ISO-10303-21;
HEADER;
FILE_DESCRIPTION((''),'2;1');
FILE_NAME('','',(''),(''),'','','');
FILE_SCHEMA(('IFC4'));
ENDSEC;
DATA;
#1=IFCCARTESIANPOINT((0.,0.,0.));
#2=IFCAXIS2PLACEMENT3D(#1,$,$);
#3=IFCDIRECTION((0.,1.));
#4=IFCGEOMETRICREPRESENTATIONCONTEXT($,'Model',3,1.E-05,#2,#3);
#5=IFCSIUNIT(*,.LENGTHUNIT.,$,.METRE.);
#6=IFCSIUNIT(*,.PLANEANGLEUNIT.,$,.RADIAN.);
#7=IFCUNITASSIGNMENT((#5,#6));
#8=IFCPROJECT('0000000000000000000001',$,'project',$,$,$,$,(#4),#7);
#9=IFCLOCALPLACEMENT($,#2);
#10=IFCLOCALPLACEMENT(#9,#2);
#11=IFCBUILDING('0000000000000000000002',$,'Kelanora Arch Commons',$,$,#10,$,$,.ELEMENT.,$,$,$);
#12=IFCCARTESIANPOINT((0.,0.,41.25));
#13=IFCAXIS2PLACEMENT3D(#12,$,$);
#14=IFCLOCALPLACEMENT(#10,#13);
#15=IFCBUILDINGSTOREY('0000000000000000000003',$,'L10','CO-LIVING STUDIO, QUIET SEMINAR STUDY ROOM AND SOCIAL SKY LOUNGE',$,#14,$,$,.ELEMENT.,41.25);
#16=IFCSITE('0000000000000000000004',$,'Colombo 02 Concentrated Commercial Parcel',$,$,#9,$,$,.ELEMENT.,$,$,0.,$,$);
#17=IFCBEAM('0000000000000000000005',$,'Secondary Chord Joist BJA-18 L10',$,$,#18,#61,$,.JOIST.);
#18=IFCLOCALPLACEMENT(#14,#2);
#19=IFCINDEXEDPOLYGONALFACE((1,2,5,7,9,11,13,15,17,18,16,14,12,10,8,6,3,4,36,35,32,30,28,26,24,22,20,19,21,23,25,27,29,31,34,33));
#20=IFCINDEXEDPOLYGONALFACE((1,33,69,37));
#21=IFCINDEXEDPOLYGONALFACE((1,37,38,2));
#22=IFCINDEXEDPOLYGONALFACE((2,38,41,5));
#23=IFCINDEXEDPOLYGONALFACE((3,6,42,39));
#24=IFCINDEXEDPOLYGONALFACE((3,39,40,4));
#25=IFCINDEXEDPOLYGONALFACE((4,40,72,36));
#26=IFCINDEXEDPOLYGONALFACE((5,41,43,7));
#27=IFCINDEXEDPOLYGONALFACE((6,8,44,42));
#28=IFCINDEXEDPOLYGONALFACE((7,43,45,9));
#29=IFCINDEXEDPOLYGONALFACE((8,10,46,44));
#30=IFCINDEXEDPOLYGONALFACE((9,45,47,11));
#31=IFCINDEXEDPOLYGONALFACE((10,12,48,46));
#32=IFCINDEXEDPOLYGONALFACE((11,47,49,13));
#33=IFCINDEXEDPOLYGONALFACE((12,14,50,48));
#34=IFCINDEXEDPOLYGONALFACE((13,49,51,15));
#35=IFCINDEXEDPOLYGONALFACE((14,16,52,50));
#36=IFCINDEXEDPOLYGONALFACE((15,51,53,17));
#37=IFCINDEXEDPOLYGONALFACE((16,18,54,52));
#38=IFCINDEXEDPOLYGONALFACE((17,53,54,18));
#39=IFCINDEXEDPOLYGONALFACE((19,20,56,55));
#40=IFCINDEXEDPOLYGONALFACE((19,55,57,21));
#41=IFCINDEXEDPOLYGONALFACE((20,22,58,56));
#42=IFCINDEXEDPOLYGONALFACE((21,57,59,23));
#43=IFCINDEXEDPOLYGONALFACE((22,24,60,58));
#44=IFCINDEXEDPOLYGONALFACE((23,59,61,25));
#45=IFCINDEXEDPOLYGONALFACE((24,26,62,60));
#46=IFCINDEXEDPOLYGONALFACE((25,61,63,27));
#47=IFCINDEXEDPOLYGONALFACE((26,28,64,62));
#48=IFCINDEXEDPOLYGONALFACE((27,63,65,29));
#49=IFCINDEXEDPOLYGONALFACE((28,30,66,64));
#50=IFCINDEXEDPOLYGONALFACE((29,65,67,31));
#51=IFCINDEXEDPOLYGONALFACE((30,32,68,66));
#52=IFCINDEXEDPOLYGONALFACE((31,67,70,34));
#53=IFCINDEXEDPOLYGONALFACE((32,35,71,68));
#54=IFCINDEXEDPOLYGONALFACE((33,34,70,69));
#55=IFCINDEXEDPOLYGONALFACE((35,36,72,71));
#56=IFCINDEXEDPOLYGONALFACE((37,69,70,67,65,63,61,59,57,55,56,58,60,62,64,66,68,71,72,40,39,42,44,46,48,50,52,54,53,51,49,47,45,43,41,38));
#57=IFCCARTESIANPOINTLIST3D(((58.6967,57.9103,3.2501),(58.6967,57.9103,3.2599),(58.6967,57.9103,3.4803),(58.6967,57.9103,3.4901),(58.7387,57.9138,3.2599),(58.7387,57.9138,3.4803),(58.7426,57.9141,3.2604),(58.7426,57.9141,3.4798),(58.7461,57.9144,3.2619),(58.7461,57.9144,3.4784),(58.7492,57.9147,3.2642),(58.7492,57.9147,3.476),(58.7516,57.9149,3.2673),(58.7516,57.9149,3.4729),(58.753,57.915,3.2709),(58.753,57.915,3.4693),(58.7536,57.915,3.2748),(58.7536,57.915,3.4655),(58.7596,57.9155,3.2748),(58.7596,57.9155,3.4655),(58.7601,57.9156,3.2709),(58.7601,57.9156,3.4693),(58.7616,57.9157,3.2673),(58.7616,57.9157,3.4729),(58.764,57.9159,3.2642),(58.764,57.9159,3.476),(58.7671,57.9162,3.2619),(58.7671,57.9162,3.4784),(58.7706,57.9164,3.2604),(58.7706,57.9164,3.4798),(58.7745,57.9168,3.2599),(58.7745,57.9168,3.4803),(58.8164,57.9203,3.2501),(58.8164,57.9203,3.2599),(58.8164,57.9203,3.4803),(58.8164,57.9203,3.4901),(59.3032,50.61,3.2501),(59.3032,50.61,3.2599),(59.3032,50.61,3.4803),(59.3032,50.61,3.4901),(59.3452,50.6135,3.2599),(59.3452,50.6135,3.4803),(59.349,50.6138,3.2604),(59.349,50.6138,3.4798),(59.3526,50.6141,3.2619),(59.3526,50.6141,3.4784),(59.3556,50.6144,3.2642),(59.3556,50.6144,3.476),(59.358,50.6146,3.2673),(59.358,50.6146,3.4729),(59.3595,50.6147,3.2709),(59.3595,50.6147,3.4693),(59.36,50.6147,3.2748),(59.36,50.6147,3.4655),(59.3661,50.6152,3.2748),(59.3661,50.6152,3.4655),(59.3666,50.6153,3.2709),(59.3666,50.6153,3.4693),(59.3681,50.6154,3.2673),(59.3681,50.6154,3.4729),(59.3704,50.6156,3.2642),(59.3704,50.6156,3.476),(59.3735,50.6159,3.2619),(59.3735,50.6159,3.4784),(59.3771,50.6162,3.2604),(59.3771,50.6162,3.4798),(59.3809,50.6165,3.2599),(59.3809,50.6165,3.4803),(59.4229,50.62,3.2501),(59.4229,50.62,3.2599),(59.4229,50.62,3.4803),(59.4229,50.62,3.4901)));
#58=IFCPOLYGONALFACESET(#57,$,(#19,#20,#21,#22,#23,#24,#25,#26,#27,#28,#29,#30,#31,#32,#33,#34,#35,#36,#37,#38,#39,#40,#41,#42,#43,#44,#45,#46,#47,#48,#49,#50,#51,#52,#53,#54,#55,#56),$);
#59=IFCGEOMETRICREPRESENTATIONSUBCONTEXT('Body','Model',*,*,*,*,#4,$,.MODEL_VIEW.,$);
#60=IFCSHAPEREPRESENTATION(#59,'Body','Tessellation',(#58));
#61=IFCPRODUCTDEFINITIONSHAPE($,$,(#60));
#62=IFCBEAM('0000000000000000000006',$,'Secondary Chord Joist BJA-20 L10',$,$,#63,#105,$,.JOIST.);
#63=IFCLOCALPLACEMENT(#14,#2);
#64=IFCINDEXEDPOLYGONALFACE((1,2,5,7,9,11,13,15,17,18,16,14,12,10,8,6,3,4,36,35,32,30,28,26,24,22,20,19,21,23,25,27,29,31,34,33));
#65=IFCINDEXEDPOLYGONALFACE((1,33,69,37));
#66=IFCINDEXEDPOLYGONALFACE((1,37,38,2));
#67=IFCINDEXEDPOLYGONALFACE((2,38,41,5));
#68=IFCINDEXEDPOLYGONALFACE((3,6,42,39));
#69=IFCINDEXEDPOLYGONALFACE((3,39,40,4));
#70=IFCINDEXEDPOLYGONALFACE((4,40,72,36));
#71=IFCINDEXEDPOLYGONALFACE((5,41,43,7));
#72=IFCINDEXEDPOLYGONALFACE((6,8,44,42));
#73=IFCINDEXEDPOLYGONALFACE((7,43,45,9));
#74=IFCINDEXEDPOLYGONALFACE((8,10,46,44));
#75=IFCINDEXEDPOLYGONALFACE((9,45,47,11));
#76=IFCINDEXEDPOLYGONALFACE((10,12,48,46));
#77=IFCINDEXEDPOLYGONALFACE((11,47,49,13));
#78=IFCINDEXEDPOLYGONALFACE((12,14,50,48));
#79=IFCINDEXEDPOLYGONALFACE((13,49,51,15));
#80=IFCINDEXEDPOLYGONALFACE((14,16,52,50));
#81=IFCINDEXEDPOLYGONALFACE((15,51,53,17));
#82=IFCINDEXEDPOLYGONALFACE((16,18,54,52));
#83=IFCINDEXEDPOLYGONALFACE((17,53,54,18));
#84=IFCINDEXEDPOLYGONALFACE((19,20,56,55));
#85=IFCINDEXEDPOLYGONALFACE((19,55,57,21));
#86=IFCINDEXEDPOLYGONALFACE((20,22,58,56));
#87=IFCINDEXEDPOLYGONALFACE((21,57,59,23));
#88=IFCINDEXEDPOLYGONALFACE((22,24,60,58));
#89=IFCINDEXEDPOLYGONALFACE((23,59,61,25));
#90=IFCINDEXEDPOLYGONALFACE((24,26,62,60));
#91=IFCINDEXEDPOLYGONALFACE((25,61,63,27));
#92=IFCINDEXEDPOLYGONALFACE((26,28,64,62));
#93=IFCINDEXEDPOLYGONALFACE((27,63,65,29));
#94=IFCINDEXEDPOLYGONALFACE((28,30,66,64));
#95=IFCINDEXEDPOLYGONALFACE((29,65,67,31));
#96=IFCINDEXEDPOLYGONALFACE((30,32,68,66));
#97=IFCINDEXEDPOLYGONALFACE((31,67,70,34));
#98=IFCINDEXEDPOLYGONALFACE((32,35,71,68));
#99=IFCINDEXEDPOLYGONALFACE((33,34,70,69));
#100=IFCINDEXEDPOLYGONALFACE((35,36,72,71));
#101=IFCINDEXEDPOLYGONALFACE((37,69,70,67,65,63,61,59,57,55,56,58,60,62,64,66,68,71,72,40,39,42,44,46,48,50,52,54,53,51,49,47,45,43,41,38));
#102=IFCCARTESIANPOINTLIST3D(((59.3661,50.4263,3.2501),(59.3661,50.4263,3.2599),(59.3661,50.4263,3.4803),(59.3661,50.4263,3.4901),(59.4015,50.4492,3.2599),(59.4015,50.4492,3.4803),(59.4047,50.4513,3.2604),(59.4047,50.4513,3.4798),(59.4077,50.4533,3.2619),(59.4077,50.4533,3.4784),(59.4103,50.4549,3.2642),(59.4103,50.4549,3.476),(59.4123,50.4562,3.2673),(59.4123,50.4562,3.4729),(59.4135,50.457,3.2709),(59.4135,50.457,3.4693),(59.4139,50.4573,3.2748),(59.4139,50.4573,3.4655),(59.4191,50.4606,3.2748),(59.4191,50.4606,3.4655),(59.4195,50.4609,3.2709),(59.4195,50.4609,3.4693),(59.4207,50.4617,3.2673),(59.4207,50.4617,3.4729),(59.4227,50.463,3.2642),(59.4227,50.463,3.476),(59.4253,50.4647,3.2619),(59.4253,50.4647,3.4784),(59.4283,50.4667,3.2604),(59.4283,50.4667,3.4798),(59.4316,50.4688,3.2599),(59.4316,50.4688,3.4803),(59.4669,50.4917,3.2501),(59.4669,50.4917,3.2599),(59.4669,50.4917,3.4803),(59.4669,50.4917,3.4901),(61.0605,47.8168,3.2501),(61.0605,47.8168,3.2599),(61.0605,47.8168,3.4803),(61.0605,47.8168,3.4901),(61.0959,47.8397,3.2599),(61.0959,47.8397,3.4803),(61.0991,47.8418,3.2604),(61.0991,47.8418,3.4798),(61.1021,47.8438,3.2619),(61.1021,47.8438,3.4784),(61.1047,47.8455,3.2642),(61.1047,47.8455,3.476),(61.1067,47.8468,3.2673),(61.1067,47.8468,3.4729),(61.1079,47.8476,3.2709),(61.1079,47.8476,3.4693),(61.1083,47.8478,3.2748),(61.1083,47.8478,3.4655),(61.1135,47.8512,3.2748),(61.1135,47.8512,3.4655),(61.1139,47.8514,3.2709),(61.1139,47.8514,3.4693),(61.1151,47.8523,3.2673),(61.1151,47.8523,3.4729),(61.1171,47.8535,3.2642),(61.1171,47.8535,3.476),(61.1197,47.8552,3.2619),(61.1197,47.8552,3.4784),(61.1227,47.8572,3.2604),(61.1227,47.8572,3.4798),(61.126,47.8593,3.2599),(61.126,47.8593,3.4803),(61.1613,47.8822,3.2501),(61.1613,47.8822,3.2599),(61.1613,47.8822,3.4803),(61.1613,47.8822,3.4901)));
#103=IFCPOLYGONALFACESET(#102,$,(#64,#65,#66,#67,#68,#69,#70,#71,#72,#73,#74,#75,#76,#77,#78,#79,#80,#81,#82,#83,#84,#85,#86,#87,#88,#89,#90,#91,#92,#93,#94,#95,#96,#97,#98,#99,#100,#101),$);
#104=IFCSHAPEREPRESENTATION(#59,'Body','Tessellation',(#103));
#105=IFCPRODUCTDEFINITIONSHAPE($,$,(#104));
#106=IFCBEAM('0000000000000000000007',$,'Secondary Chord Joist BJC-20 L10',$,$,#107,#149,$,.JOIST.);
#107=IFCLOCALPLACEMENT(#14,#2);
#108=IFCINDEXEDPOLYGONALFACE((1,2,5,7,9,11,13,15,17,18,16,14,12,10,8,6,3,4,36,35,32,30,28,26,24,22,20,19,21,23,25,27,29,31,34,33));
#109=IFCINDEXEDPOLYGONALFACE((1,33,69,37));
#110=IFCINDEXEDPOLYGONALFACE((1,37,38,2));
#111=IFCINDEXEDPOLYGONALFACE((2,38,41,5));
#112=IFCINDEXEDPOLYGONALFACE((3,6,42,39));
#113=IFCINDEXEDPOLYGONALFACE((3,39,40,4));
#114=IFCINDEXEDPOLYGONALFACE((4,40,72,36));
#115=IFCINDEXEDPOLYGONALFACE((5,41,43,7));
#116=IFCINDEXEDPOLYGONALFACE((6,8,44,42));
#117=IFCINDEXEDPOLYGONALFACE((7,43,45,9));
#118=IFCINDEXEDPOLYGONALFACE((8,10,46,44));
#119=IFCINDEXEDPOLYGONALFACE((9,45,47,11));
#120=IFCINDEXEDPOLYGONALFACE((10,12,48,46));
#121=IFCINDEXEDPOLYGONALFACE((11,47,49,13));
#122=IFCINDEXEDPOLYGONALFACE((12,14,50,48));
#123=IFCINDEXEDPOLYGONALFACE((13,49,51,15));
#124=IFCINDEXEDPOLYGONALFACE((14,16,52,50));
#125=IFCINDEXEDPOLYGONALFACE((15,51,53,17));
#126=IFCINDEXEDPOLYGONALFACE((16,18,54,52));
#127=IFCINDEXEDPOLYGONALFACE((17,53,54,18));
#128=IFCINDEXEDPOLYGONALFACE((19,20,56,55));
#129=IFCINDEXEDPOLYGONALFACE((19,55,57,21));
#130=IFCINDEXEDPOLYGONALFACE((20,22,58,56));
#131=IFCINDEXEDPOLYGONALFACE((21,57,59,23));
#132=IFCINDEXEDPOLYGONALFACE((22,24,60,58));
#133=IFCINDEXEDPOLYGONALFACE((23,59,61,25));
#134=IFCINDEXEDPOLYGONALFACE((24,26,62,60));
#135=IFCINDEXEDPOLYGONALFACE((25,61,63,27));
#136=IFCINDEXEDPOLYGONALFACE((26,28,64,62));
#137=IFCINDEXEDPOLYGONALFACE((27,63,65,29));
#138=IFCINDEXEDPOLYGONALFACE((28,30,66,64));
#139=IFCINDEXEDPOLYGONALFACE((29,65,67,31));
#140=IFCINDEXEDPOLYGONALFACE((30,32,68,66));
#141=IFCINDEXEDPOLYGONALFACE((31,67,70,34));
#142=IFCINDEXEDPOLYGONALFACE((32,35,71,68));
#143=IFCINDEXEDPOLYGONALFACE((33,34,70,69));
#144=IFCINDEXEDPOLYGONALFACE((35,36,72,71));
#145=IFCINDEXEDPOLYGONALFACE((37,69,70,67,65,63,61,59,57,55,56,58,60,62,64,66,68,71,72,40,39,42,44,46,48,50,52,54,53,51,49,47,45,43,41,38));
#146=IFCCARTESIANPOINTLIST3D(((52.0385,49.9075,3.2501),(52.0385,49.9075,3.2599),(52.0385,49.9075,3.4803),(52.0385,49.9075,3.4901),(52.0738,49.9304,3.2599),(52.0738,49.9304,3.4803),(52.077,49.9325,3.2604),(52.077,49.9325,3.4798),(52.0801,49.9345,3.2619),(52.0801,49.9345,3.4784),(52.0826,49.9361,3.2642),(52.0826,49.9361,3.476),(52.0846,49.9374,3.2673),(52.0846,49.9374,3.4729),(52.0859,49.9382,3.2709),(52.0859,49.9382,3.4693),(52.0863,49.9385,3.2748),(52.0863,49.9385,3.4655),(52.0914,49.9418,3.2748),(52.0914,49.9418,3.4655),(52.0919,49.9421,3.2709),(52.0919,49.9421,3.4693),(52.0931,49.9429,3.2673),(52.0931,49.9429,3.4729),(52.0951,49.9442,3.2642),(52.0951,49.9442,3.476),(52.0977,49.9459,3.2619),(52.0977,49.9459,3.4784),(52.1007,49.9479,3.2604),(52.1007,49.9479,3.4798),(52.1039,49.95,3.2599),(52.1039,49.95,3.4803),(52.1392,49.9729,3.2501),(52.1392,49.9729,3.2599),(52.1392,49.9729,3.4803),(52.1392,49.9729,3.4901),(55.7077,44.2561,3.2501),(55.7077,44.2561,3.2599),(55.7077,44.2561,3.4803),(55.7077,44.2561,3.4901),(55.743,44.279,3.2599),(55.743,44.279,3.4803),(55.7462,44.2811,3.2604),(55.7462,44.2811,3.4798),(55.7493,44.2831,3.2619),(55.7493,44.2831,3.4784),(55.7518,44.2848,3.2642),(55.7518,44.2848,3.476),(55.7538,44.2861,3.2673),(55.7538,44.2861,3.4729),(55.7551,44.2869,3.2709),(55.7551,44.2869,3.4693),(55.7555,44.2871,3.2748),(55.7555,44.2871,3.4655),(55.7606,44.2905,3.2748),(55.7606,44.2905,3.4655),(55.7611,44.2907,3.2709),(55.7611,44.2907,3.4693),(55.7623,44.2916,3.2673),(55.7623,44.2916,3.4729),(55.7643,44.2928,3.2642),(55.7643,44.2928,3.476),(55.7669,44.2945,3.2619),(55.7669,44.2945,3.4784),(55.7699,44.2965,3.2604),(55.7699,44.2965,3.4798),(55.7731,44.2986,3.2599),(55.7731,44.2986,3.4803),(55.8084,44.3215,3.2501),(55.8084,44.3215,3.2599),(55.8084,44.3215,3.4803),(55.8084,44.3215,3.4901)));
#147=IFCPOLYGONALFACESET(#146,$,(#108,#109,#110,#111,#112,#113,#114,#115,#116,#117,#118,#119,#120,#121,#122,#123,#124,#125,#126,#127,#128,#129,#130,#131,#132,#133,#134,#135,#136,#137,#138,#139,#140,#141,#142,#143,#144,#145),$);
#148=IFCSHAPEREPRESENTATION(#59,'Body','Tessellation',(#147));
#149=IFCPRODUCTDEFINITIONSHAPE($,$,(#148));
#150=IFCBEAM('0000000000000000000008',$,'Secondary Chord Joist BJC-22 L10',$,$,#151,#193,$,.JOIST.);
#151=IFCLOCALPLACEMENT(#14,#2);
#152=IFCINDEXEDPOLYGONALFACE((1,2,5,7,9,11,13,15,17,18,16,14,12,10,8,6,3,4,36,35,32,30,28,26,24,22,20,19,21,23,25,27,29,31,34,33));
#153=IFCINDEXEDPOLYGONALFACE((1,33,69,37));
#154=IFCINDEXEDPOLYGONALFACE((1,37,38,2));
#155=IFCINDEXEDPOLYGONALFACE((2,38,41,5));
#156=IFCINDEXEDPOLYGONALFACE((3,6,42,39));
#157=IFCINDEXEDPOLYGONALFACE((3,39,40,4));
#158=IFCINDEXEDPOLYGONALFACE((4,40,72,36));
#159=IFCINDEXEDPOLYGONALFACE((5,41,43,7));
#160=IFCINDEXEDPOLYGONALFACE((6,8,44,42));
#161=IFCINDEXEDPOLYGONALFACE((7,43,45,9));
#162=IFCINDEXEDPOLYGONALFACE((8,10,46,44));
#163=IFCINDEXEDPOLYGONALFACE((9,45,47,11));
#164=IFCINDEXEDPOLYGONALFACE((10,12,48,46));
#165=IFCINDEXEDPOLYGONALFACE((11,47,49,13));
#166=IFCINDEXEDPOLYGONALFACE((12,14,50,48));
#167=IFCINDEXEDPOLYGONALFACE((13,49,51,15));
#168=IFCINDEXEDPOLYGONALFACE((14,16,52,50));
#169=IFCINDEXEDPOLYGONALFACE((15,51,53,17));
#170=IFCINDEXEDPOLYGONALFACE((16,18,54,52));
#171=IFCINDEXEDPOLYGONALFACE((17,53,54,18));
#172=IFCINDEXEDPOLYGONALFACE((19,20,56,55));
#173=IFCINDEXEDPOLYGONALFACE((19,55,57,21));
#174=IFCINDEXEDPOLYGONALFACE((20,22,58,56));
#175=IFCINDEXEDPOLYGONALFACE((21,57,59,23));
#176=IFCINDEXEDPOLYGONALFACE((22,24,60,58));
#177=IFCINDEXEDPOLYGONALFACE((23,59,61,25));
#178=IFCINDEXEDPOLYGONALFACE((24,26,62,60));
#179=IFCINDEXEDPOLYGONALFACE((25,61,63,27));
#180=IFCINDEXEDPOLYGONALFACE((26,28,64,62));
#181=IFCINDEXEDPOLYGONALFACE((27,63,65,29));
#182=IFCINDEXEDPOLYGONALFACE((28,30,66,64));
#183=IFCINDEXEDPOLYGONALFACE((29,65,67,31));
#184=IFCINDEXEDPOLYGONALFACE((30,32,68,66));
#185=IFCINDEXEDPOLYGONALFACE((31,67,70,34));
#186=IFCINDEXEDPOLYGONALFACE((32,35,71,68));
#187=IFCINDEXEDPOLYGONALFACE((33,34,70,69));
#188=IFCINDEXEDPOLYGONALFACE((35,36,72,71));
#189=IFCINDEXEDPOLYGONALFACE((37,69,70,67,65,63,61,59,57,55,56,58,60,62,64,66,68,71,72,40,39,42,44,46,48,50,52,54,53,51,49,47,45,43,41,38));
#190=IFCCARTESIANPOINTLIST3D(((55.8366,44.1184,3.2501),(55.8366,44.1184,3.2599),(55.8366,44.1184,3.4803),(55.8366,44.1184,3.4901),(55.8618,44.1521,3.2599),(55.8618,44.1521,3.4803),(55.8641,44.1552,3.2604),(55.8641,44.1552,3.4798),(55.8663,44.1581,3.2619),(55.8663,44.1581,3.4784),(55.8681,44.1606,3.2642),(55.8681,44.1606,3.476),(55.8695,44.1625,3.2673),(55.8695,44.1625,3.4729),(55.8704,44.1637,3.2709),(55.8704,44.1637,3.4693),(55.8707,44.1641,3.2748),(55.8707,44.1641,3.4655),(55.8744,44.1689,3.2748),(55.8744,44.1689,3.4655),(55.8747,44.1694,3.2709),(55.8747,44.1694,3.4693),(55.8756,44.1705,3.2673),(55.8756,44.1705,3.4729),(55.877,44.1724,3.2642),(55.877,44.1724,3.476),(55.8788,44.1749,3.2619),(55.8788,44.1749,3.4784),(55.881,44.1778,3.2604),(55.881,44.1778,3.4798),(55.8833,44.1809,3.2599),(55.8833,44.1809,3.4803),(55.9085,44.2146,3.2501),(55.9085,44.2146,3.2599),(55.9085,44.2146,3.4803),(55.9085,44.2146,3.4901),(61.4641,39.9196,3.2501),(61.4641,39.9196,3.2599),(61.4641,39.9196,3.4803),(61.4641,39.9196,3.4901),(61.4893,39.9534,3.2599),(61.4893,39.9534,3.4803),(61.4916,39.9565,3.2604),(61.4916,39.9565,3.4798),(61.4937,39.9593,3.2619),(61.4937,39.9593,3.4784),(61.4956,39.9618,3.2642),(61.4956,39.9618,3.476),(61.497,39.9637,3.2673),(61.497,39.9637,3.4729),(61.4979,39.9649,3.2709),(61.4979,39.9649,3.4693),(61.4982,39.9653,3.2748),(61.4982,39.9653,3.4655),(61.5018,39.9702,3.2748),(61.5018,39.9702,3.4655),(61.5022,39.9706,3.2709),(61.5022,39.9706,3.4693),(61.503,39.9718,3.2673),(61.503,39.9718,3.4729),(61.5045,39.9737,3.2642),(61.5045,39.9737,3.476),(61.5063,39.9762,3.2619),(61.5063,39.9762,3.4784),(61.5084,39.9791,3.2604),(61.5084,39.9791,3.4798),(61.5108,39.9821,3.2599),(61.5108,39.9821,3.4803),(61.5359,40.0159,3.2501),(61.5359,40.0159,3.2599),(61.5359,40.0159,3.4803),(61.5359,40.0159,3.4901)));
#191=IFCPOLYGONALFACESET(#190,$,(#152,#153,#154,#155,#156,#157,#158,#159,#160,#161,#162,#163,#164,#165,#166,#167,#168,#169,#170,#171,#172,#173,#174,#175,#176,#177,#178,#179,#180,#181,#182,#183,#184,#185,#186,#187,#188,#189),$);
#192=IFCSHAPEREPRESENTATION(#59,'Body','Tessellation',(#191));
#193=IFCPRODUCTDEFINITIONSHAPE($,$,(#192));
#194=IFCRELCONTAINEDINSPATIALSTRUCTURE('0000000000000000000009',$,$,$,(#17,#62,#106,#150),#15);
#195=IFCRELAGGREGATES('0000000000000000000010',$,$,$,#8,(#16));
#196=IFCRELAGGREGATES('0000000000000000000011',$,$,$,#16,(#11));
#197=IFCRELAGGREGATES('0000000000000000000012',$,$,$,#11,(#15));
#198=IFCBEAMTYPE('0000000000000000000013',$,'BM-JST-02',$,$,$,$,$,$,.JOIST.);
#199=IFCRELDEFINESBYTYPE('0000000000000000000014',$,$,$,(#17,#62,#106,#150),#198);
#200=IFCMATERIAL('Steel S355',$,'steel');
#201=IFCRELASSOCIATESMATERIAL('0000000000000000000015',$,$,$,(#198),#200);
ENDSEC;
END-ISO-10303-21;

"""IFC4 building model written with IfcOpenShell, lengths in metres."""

from ifc_helpers import new_model, si_unit, direction, frame, origin, origin_2d, place, context, subcontext, project, spatial, i_section, extrude, material, material_profile, profile_set, type_object, element, save


model = new_model("IFC4")

# Units and contexts
model_context = context("Model", 3, precision=1e-05, world=origin(), true_north=direction((0.0, 1.0)))
body_context = subcontext(model_context, "Body", "Model", "MODEL_VIEW")
ifc_project = project(units=[si_unit("LENGTHUNIT", "METRE"), si_unit("PLANEANGLEUNIT", "RADIAN")], contexts=[model_context])

# Site, building, storey
site_placement = place(None, origin())
site = spatial("IfcSite", under=ifc_project, at=site_placement, Name="Colombo 02 Concentrated Commercial Parcel", CompositionType="ELEMENT", RefElevation=0.0)
building_placement = place(site_placement, origin())
building = spatial("IfcBuilding", under=site, at=building_placement, Name="Kelanora Arch Commons", CompositionType="ELEMENT")
storey_placement = place(building_placement, frame((0.0, 0.0, 41.25)))
storey = spatial("IfcBuildingStorey", under=building, at=storey_placement, Name="L10", Description="CO-LIVING STUDIO, QUIET SEMINAR STUDY ROOM AND SOCIAL SKY LOUNGE", CompositionType="ELEMENT", Elevation=41.25)

# Beams
ifc_material_1 = material(Name="Steel S355", Category="steel")
ifc_material_profile_1 = material_profile(ifc_material_1, i_section(OverallWidth=0.1201, OverallDepth=0.24, WebThickness=0.0061, FlangeThickness=0.0098, FilletRadius=0.0149, at=origin_2d()), Name="IPE240")
ifc_profile_set_1 = profile_set([ifc_material_profile_1], Name="Steel S355")
beam_type_1 = type_object("IfcBeamType", Name="BM-JST-02", PredefinedType="JOIST", material=ifc_profile_set_1)
beam_1_placement = place(storey_placement, frame((58.7566, 57.9153, 3.3701), z_axis=(0.082786, -0.996567, 0.0), x_axis=(0.996567, 0.082786, 0.0)))
element("IfcBeam", 1, at=beam_1_placement, inside=storey, type_object=beam_type_1, Name="Secondary Chord Joist BJA-18 L10", PredefinedType="JOIST", context=body_context, shape_type="SweptSolid", body=[
    extrude(i_section(OverallWidth=0.1201, OverallDepth=0.24, WebThickness=0.0061, FlangeThickness=0.0098, FilletRadius=0.0149, at=origin_2d()), origin(), (0.0, 0.0, 1.0), 7.3254),
])
beam_2_placement = place(storey_placement, frame((59.4165, 50.459, 3.3701), z_axis=(0.544591, -0.838702, 0.0), x_axis=(0.838702, 0.544591, 0.0)))
element("IfcBeam", 2, at=beam_2_placement, inside=storey, type_object=beam_type_1, Name="Secondary Chord Joist BJA-20 L10", PredefinedType="JOIST", context=body_context, shape_type="SweptSolid", body=[
    extrude(i_section(OverallWidth=0.1201, OverallDepth=0.24, WebThickness=0.0061, FlangeThickness=0.0098, FilletRadius=0.0149, at=origin_2d()), origin(), (0.0, 0.0, 1.0), 3.1113),
])
beam_3_placement = place(storey_placement, frame((52.0889, 49.9402, 3.3701), z_axis=(0.54455, -0.838728, 0.0), x_axis=(0.838728, 0.54455, 0.0)))
element("IfcBeam", 3, at=beam_3_placement, inside=storey, type_object=beam_type_1, Name="Secondary Chord Joist BJC-20 L10", PredefinedType="JOIST", context=body_context, shape_type="SweptSolid", body=[
    extrude(i_section(OverallWidth=0.1201, OverallDepth=0.24, WebThickness=0.0061, FlangeThickness=0.0098, FilletRadius=0.0149, at=origin_2d()), origin(), (0.0, 0.0, 1.0), 6.738),
])
beam_4_placement = place(storey_placement, frame((55.8726, 44.1665, 3.3701), z_axis=(0.801491, -0.598006, 0.0), x_axis=(0.598006, 0.801491, 0.0)))
element("IfcBeam", 4, at=beam_4_placement, inside=storey, type_object=beam_type_1, Name="Secondary Chord Joist BJC-22 L10", PredefinedType="JOIST", context=body_context, shape_type="SweptSolid", body=[
    extrude(i_section(OverallWidth=0.1201, OverallDepth=0.24, WebThickness=0.0061, FlangeThickness=0.0098, FilletRadius=0.0149, at=origin_2d()), origin(), (0.0, 0.0, 1.0), 7.0212),
])

save(model, "model.ifc")
